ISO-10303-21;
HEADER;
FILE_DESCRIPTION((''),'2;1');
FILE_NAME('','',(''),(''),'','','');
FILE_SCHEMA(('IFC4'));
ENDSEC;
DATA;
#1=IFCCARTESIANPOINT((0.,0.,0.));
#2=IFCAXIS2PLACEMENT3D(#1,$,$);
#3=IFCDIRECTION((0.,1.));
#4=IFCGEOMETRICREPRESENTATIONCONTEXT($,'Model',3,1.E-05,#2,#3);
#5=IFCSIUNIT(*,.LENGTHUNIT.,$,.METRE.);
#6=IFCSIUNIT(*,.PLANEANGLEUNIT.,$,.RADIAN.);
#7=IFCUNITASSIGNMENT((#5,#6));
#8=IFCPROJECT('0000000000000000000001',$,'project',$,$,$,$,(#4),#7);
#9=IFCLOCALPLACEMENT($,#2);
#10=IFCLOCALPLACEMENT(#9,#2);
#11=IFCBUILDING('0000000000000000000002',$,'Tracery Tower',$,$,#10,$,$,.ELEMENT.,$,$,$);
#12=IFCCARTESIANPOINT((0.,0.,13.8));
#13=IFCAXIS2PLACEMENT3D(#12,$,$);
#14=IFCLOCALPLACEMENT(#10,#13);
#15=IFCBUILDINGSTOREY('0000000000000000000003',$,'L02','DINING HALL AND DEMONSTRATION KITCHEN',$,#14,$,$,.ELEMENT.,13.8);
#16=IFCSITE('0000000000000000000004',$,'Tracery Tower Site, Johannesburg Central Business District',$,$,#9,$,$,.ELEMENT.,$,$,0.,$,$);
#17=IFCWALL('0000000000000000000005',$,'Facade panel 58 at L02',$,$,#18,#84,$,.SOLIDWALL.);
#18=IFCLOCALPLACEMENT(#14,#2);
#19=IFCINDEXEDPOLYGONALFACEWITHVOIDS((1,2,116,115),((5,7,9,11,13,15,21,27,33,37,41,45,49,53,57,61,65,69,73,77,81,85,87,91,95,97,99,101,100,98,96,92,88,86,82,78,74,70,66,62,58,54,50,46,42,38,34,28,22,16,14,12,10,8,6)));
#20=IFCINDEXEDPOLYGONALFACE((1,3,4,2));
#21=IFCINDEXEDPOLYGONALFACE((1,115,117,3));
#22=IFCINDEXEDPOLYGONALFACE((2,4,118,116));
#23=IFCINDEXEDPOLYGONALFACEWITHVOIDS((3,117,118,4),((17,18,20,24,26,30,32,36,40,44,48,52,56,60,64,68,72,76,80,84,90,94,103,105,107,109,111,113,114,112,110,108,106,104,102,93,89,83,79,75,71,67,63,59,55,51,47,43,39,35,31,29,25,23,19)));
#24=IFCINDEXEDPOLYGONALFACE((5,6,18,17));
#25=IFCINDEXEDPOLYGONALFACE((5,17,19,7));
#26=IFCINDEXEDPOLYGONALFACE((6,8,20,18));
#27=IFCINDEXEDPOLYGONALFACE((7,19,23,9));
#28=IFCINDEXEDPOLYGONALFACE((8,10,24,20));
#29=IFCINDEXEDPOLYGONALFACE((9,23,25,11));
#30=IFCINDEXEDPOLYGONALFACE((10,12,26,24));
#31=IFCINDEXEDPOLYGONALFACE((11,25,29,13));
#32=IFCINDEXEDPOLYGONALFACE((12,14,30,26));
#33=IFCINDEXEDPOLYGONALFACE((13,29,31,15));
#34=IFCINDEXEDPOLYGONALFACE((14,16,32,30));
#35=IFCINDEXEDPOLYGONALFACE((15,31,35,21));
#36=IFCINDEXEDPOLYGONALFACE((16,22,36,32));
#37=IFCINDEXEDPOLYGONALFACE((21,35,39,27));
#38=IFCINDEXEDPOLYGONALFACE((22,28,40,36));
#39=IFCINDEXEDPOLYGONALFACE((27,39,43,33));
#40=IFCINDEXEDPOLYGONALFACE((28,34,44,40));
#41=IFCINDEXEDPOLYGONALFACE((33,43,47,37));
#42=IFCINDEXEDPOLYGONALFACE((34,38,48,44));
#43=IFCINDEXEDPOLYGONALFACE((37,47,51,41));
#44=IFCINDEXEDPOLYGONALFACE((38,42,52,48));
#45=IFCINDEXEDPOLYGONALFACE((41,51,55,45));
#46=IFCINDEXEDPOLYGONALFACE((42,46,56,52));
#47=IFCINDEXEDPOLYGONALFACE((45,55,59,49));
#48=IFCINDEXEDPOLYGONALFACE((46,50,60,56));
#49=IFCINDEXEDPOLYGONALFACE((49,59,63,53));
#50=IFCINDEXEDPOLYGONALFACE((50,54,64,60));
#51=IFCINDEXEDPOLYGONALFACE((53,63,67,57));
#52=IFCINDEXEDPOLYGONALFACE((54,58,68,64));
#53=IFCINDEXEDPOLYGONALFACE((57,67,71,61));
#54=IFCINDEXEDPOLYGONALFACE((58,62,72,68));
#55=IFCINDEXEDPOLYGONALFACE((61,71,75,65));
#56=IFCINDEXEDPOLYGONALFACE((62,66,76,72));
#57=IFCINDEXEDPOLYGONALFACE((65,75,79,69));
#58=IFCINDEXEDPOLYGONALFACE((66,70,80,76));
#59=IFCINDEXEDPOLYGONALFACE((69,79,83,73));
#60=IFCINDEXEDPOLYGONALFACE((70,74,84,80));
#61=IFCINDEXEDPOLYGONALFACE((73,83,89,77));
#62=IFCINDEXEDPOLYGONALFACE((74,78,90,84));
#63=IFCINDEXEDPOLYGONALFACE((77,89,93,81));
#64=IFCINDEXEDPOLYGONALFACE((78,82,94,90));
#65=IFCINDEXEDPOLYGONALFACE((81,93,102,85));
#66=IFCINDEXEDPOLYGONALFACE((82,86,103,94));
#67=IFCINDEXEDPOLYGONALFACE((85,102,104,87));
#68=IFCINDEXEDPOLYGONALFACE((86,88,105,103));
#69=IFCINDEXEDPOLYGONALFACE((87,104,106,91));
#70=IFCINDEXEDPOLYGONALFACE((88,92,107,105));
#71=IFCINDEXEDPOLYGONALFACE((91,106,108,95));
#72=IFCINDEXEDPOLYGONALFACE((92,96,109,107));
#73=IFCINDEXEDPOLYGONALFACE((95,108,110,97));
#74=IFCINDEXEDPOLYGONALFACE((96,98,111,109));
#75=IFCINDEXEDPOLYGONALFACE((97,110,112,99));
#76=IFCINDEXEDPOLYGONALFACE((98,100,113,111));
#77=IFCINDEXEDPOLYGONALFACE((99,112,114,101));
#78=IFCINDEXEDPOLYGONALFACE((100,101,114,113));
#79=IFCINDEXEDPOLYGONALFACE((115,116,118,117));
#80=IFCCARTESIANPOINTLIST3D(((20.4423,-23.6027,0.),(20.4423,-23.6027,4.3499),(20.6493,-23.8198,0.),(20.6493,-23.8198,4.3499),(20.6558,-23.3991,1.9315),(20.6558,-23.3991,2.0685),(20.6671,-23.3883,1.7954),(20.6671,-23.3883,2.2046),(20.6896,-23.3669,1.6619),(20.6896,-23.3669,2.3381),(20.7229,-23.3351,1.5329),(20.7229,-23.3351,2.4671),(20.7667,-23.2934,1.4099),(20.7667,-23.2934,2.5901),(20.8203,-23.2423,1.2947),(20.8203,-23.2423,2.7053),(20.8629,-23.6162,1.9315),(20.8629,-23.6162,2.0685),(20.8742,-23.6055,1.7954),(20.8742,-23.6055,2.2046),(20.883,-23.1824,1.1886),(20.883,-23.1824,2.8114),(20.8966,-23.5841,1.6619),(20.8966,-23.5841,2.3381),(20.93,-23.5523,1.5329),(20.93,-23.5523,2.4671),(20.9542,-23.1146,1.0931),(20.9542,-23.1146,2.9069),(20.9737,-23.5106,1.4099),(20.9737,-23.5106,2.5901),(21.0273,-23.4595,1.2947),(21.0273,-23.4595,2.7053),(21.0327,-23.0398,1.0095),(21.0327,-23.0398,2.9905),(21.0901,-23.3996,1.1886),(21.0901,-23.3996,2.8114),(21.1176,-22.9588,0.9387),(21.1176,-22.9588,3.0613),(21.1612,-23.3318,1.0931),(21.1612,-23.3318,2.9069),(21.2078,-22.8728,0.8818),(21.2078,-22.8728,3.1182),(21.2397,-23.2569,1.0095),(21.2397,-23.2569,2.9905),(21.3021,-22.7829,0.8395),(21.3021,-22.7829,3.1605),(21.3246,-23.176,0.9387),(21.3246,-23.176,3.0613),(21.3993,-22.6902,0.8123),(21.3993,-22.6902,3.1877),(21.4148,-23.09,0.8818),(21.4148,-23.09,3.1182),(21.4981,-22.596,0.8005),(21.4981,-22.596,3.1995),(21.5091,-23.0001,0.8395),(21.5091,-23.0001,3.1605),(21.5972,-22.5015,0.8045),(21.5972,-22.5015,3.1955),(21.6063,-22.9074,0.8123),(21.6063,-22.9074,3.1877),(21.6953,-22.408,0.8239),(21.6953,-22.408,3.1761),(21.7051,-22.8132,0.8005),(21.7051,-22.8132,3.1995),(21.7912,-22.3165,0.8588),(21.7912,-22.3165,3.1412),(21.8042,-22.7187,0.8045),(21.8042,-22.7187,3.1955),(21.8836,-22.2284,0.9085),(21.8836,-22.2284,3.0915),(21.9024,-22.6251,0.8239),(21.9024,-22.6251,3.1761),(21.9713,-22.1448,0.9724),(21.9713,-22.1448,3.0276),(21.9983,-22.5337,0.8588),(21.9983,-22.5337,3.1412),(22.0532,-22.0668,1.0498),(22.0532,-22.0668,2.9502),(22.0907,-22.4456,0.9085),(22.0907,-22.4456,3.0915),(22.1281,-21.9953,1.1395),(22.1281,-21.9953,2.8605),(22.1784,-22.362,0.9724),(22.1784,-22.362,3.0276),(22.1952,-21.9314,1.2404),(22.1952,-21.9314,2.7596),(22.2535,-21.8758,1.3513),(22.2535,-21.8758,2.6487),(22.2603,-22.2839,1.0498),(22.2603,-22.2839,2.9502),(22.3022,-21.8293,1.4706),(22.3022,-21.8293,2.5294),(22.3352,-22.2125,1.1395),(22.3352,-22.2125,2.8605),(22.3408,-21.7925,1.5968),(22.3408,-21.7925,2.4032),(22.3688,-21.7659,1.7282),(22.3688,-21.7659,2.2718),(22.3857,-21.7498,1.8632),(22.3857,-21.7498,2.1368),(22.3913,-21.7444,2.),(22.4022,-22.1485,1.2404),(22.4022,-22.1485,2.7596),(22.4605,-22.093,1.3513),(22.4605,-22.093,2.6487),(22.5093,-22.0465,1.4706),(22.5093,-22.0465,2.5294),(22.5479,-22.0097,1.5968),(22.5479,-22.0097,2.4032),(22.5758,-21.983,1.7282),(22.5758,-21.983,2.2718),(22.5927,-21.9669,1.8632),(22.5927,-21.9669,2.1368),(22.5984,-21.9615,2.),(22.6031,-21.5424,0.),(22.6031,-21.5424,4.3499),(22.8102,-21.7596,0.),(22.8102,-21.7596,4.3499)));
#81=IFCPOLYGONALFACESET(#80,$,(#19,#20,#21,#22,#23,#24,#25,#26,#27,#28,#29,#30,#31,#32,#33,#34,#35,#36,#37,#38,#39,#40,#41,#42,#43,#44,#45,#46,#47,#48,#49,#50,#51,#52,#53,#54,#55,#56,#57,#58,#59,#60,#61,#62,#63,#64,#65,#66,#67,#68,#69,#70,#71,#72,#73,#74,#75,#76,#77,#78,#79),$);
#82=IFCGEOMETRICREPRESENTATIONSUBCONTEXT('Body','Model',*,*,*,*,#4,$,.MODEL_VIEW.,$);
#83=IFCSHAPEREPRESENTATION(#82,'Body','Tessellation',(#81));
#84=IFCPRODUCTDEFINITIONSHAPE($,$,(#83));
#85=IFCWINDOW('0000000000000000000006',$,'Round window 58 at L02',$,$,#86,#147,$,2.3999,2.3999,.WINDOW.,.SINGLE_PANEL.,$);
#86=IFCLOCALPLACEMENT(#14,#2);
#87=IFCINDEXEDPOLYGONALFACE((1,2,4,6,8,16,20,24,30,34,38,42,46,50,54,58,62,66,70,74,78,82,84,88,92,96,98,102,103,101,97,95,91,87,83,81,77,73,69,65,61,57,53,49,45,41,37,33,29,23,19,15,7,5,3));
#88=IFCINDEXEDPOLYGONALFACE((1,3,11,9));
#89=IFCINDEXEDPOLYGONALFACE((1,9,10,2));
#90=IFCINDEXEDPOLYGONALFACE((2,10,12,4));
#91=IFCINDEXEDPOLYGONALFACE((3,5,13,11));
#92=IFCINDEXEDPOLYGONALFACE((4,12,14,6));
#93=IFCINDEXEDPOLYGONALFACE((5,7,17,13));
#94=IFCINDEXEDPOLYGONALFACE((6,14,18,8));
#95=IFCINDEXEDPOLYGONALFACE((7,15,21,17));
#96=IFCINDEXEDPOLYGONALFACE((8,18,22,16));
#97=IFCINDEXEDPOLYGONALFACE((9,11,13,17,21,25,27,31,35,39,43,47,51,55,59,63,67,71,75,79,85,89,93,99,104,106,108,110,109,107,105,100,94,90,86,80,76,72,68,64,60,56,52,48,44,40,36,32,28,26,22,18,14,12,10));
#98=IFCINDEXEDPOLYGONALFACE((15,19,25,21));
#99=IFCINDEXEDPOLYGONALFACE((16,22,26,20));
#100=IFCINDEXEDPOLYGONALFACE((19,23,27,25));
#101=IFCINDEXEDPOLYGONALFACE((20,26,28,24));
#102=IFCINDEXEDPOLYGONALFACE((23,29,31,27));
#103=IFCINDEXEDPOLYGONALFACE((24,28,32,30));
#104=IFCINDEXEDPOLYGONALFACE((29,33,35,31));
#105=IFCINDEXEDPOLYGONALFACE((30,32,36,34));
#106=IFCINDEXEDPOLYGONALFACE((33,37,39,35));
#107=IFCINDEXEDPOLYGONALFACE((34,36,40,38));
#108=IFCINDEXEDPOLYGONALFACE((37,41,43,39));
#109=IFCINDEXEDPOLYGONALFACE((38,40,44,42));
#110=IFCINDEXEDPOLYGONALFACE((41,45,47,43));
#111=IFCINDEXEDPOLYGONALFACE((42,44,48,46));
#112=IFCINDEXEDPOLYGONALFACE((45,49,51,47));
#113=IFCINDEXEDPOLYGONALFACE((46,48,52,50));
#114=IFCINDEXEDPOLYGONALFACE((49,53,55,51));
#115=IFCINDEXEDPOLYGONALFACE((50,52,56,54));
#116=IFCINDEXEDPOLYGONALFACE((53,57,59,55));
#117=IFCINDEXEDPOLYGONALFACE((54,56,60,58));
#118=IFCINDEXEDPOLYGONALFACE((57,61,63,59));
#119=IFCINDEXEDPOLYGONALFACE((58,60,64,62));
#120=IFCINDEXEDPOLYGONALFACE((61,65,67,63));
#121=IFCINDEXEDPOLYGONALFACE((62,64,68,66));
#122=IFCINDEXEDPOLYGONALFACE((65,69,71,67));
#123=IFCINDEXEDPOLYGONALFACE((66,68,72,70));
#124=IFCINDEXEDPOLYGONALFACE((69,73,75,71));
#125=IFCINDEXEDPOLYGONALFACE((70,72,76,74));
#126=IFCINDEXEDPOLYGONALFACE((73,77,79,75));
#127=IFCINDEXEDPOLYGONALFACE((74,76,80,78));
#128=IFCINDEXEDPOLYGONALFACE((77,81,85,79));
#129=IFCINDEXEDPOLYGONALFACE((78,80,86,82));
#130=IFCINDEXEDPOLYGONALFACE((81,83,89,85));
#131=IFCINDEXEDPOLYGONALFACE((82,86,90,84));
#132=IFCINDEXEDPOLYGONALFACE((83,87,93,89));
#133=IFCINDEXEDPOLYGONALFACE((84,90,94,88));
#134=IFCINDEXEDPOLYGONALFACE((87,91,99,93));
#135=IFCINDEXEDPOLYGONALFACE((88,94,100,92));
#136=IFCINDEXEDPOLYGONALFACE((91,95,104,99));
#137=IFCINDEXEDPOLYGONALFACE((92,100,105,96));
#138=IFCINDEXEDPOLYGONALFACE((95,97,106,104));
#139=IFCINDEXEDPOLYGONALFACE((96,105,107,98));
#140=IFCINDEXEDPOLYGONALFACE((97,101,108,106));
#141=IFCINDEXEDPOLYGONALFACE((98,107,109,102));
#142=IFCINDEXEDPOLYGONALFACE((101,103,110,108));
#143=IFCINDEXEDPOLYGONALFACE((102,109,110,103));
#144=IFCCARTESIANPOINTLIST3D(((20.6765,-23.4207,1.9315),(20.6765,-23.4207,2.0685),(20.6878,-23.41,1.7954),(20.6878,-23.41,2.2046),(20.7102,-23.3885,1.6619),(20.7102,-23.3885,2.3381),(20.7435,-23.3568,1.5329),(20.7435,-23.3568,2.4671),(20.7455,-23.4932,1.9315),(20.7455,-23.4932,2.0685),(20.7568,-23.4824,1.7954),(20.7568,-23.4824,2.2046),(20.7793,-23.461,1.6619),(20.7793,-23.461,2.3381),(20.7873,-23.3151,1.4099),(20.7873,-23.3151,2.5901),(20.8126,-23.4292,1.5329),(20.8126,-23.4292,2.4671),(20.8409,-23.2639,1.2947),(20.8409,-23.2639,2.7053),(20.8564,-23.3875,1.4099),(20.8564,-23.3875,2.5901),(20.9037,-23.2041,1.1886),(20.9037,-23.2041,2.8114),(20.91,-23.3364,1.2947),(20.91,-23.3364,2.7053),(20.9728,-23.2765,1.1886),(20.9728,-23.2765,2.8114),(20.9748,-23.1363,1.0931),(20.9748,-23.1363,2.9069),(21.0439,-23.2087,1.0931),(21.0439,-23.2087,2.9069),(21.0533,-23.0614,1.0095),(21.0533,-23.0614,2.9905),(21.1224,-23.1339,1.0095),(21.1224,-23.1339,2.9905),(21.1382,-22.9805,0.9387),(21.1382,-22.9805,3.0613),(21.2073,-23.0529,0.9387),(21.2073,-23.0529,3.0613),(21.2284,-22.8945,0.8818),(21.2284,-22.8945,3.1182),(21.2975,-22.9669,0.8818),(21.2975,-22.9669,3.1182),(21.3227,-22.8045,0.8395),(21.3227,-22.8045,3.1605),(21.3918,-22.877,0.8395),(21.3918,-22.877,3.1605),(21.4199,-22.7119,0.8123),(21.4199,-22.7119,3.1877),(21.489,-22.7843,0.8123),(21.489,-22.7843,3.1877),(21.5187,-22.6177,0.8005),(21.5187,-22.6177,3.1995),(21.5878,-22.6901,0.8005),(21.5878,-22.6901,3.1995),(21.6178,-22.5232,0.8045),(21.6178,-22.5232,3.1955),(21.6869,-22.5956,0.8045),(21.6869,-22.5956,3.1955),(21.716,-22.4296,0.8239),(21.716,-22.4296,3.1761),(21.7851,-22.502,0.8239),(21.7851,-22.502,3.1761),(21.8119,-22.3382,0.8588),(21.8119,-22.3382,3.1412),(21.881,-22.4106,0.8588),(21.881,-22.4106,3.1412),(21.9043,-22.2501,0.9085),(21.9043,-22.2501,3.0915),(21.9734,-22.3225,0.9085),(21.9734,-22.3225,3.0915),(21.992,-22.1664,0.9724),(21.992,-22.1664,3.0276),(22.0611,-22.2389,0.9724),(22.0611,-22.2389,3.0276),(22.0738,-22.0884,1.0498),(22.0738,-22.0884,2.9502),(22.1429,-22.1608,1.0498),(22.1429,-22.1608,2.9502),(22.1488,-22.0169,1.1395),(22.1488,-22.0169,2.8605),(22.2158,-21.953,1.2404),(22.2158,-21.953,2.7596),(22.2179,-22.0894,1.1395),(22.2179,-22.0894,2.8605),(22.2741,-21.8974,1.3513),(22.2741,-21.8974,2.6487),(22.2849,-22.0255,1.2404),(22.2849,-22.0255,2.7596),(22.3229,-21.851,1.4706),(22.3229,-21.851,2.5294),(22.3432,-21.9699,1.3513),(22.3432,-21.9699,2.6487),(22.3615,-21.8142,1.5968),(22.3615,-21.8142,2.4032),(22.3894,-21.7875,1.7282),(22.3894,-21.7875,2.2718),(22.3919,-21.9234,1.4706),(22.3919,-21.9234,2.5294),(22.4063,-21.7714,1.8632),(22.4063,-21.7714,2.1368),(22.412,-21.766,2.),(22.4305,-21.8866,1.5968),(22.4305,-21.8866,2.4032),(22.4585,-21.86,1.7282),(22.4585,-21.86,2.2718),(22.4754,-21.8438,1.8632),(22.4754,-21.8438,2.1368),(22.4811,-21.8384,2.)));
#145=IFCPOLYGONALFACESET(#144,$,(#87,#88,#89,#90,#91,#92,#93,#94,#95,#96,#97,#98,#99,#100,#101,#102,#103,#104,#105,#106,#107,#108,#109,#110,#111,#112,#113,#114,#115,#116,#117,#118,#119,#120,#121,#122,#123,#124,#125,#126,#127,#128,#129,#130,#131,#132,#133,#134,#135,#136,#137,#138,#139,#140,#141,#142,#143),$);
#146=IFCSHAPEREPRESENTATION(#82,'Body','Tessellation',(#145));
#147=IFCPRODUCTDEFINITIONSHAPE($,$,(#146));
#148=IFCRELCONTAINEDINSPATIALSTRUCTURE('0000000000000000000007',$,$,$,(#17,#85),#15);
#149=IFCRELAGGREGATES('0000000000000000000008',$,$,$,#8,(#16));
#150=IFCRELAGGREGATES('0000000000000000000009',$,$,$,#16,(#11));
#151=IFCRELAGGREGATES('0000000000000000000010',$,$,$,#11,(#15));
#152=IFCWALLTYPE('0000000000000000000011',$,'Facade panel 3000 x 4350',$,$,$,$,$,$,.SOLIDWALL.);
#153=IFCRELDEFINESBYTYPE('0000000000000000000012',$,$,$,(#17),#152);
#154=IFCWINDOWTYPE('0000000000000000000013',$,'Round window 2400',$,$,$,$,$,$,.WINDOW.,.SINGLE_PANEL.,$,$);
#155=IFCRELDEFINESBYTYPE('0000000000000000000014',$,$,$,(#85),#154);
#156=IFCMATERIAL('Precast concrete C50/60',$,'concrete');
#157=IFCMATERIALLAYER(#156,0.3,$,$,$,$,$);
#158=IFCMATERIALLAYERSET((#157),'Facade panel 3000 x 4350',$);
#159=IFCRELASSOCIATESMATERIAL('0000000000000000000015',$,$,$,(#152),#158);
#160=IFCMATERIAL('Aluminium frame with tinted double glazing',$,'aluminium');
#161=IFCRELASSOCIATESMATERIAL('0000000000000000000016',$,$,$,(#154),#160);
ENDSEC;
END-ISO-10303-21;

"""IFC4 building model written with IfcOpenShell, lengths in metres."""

from ifc_helpers import new_model, si_unit, direction, frame, frame_2d, origin, origin_2d, place, context, subcontext, project, spatial, rectangle, circle, extrude, material, layer, layer_set, type_object, element, fill, save


model = new_model("IFC4")

# Units and contexts
model_context = context("Model", 3, precision=1e-05, world=origin(), true_north=direction((0.0, 1.0)))
body_context = subcontext(model_context, "Body", "Model", "MODEL_VIEW")
ifc_project = project(units=[si_unit("LENGTHUNIT", "METRE"), si_unit("PLANEANGLEUNIT", "RADIAN")], contexts=[model_context])

# Site, building, storey
site_placement = place(None, origin())
site = spatial("IfcSite", under=ifc_project, at=site_placement, Name="Tracery Tower Site, Johannesburg Central Business District", CompositionType="ELEMENT", RefElevation=0.0)
building_placement = place(site_placement, origin())
building = spatial("IfcBuilding", under=site, at=building_placement, Name="Tracery Tower", CompositionType="ELEMENT")
storey_placement = place(building_placement, frame((0.0, 0.0, 13.8)))
storey = spatial("IfcBuildingStorey", under=building, at=storey_placement, Name="L02", Description="DINING HALL AND DEMONSTRATION KITCHEN", CompositionType="ELEMENT", Elevation=13.8)

# Wall, opening, window
ifc_material_1 = material(Name="Precast concrete C50/60", Category="concrete")
ifc_layer = layer(ifc_material_1, 0.3)
ifc_layer_set = layer_set([ifc_layer], Name="Facade panel 3000 x 4350")
wall_type = type_object("IfcWallType", Name="Facade panel 3000 x 4350", PredefinedType="SOLIDWALL", material=ifc_layer_set)
ifc_material_2 = material(Name="Aluminium frame with tinted double glazing", Category="aluminium")
window_type = type_object("IfcWindowType", Name="Round window 2400", PartitioningType="SINGLE_PANEL", PredefinedType="WINDOW", material=ifc_material_2)
wall_1_placement = place(storey_placement, frame((20.5459, -23.7112, 0.0), z_axis=(0.0, 0.0, 1.0), x_axis=(0.723751, 0.690061, 0.0)))
wall_1 = element("IfcWall", 1, at=wall_1_placement, inside=storey, type_object=wall_type, Name="Facade panel 58 at L02", PredefinedType="SOLIDWALL", context=body_context, shape_type="SweptSolid", body=[
    extrude(rectangle(XDim=2.9856, YDim=0.3, at=frame_2d((1.4927, 0.0))), origin(), (0.0, 0.0, 1.0), 4.3499),
])
opening_1_placement = place(wall_1_placement, frame((1.4929, 0.0, 2.0)))
opening_1 = element("IfcOpeningElement", 2, at=opening_1_placement, cuts=wall_1, PredefinedType="OPENING", context=body_context, shape_type="SweptSolid", body=[
    extrude(circle(Radius=1.2, at=origin_2d()), frame((0.0, 0.1599, 0.0), z_axis=(0.0, -1.0, 0.0), x_axis=(1.0, 0.0, 0.0)), (0.0, 0.0, 1.0), 0.3201),
])
window_1_placement = place(opening_1_placement, origin())
window_1 = element("IfcWindow", 3, at=window_1_placement, inside=storey, type_object=window_type, Name="Round window 58 at L02", OverallHeight=2.3999, OverallWidth=2.3999, PartitioningType="SINGLE_PANEL", PredefinedType="WINDOW", context=body_context, shape_type="SweptSolid", body=[
    extrude(circle(Radius=1.2, at=origin_2d()), frame((0.0, 0.1201, 0.0), z_axis=(0.0, -1.0, 0.0), x_axis=(1.0, 0.0, 0.0)), (0.0, 0.0, 1.0), 0.1001),
])
fill(opening_1, window_1)

save(model, "model.ifc")
